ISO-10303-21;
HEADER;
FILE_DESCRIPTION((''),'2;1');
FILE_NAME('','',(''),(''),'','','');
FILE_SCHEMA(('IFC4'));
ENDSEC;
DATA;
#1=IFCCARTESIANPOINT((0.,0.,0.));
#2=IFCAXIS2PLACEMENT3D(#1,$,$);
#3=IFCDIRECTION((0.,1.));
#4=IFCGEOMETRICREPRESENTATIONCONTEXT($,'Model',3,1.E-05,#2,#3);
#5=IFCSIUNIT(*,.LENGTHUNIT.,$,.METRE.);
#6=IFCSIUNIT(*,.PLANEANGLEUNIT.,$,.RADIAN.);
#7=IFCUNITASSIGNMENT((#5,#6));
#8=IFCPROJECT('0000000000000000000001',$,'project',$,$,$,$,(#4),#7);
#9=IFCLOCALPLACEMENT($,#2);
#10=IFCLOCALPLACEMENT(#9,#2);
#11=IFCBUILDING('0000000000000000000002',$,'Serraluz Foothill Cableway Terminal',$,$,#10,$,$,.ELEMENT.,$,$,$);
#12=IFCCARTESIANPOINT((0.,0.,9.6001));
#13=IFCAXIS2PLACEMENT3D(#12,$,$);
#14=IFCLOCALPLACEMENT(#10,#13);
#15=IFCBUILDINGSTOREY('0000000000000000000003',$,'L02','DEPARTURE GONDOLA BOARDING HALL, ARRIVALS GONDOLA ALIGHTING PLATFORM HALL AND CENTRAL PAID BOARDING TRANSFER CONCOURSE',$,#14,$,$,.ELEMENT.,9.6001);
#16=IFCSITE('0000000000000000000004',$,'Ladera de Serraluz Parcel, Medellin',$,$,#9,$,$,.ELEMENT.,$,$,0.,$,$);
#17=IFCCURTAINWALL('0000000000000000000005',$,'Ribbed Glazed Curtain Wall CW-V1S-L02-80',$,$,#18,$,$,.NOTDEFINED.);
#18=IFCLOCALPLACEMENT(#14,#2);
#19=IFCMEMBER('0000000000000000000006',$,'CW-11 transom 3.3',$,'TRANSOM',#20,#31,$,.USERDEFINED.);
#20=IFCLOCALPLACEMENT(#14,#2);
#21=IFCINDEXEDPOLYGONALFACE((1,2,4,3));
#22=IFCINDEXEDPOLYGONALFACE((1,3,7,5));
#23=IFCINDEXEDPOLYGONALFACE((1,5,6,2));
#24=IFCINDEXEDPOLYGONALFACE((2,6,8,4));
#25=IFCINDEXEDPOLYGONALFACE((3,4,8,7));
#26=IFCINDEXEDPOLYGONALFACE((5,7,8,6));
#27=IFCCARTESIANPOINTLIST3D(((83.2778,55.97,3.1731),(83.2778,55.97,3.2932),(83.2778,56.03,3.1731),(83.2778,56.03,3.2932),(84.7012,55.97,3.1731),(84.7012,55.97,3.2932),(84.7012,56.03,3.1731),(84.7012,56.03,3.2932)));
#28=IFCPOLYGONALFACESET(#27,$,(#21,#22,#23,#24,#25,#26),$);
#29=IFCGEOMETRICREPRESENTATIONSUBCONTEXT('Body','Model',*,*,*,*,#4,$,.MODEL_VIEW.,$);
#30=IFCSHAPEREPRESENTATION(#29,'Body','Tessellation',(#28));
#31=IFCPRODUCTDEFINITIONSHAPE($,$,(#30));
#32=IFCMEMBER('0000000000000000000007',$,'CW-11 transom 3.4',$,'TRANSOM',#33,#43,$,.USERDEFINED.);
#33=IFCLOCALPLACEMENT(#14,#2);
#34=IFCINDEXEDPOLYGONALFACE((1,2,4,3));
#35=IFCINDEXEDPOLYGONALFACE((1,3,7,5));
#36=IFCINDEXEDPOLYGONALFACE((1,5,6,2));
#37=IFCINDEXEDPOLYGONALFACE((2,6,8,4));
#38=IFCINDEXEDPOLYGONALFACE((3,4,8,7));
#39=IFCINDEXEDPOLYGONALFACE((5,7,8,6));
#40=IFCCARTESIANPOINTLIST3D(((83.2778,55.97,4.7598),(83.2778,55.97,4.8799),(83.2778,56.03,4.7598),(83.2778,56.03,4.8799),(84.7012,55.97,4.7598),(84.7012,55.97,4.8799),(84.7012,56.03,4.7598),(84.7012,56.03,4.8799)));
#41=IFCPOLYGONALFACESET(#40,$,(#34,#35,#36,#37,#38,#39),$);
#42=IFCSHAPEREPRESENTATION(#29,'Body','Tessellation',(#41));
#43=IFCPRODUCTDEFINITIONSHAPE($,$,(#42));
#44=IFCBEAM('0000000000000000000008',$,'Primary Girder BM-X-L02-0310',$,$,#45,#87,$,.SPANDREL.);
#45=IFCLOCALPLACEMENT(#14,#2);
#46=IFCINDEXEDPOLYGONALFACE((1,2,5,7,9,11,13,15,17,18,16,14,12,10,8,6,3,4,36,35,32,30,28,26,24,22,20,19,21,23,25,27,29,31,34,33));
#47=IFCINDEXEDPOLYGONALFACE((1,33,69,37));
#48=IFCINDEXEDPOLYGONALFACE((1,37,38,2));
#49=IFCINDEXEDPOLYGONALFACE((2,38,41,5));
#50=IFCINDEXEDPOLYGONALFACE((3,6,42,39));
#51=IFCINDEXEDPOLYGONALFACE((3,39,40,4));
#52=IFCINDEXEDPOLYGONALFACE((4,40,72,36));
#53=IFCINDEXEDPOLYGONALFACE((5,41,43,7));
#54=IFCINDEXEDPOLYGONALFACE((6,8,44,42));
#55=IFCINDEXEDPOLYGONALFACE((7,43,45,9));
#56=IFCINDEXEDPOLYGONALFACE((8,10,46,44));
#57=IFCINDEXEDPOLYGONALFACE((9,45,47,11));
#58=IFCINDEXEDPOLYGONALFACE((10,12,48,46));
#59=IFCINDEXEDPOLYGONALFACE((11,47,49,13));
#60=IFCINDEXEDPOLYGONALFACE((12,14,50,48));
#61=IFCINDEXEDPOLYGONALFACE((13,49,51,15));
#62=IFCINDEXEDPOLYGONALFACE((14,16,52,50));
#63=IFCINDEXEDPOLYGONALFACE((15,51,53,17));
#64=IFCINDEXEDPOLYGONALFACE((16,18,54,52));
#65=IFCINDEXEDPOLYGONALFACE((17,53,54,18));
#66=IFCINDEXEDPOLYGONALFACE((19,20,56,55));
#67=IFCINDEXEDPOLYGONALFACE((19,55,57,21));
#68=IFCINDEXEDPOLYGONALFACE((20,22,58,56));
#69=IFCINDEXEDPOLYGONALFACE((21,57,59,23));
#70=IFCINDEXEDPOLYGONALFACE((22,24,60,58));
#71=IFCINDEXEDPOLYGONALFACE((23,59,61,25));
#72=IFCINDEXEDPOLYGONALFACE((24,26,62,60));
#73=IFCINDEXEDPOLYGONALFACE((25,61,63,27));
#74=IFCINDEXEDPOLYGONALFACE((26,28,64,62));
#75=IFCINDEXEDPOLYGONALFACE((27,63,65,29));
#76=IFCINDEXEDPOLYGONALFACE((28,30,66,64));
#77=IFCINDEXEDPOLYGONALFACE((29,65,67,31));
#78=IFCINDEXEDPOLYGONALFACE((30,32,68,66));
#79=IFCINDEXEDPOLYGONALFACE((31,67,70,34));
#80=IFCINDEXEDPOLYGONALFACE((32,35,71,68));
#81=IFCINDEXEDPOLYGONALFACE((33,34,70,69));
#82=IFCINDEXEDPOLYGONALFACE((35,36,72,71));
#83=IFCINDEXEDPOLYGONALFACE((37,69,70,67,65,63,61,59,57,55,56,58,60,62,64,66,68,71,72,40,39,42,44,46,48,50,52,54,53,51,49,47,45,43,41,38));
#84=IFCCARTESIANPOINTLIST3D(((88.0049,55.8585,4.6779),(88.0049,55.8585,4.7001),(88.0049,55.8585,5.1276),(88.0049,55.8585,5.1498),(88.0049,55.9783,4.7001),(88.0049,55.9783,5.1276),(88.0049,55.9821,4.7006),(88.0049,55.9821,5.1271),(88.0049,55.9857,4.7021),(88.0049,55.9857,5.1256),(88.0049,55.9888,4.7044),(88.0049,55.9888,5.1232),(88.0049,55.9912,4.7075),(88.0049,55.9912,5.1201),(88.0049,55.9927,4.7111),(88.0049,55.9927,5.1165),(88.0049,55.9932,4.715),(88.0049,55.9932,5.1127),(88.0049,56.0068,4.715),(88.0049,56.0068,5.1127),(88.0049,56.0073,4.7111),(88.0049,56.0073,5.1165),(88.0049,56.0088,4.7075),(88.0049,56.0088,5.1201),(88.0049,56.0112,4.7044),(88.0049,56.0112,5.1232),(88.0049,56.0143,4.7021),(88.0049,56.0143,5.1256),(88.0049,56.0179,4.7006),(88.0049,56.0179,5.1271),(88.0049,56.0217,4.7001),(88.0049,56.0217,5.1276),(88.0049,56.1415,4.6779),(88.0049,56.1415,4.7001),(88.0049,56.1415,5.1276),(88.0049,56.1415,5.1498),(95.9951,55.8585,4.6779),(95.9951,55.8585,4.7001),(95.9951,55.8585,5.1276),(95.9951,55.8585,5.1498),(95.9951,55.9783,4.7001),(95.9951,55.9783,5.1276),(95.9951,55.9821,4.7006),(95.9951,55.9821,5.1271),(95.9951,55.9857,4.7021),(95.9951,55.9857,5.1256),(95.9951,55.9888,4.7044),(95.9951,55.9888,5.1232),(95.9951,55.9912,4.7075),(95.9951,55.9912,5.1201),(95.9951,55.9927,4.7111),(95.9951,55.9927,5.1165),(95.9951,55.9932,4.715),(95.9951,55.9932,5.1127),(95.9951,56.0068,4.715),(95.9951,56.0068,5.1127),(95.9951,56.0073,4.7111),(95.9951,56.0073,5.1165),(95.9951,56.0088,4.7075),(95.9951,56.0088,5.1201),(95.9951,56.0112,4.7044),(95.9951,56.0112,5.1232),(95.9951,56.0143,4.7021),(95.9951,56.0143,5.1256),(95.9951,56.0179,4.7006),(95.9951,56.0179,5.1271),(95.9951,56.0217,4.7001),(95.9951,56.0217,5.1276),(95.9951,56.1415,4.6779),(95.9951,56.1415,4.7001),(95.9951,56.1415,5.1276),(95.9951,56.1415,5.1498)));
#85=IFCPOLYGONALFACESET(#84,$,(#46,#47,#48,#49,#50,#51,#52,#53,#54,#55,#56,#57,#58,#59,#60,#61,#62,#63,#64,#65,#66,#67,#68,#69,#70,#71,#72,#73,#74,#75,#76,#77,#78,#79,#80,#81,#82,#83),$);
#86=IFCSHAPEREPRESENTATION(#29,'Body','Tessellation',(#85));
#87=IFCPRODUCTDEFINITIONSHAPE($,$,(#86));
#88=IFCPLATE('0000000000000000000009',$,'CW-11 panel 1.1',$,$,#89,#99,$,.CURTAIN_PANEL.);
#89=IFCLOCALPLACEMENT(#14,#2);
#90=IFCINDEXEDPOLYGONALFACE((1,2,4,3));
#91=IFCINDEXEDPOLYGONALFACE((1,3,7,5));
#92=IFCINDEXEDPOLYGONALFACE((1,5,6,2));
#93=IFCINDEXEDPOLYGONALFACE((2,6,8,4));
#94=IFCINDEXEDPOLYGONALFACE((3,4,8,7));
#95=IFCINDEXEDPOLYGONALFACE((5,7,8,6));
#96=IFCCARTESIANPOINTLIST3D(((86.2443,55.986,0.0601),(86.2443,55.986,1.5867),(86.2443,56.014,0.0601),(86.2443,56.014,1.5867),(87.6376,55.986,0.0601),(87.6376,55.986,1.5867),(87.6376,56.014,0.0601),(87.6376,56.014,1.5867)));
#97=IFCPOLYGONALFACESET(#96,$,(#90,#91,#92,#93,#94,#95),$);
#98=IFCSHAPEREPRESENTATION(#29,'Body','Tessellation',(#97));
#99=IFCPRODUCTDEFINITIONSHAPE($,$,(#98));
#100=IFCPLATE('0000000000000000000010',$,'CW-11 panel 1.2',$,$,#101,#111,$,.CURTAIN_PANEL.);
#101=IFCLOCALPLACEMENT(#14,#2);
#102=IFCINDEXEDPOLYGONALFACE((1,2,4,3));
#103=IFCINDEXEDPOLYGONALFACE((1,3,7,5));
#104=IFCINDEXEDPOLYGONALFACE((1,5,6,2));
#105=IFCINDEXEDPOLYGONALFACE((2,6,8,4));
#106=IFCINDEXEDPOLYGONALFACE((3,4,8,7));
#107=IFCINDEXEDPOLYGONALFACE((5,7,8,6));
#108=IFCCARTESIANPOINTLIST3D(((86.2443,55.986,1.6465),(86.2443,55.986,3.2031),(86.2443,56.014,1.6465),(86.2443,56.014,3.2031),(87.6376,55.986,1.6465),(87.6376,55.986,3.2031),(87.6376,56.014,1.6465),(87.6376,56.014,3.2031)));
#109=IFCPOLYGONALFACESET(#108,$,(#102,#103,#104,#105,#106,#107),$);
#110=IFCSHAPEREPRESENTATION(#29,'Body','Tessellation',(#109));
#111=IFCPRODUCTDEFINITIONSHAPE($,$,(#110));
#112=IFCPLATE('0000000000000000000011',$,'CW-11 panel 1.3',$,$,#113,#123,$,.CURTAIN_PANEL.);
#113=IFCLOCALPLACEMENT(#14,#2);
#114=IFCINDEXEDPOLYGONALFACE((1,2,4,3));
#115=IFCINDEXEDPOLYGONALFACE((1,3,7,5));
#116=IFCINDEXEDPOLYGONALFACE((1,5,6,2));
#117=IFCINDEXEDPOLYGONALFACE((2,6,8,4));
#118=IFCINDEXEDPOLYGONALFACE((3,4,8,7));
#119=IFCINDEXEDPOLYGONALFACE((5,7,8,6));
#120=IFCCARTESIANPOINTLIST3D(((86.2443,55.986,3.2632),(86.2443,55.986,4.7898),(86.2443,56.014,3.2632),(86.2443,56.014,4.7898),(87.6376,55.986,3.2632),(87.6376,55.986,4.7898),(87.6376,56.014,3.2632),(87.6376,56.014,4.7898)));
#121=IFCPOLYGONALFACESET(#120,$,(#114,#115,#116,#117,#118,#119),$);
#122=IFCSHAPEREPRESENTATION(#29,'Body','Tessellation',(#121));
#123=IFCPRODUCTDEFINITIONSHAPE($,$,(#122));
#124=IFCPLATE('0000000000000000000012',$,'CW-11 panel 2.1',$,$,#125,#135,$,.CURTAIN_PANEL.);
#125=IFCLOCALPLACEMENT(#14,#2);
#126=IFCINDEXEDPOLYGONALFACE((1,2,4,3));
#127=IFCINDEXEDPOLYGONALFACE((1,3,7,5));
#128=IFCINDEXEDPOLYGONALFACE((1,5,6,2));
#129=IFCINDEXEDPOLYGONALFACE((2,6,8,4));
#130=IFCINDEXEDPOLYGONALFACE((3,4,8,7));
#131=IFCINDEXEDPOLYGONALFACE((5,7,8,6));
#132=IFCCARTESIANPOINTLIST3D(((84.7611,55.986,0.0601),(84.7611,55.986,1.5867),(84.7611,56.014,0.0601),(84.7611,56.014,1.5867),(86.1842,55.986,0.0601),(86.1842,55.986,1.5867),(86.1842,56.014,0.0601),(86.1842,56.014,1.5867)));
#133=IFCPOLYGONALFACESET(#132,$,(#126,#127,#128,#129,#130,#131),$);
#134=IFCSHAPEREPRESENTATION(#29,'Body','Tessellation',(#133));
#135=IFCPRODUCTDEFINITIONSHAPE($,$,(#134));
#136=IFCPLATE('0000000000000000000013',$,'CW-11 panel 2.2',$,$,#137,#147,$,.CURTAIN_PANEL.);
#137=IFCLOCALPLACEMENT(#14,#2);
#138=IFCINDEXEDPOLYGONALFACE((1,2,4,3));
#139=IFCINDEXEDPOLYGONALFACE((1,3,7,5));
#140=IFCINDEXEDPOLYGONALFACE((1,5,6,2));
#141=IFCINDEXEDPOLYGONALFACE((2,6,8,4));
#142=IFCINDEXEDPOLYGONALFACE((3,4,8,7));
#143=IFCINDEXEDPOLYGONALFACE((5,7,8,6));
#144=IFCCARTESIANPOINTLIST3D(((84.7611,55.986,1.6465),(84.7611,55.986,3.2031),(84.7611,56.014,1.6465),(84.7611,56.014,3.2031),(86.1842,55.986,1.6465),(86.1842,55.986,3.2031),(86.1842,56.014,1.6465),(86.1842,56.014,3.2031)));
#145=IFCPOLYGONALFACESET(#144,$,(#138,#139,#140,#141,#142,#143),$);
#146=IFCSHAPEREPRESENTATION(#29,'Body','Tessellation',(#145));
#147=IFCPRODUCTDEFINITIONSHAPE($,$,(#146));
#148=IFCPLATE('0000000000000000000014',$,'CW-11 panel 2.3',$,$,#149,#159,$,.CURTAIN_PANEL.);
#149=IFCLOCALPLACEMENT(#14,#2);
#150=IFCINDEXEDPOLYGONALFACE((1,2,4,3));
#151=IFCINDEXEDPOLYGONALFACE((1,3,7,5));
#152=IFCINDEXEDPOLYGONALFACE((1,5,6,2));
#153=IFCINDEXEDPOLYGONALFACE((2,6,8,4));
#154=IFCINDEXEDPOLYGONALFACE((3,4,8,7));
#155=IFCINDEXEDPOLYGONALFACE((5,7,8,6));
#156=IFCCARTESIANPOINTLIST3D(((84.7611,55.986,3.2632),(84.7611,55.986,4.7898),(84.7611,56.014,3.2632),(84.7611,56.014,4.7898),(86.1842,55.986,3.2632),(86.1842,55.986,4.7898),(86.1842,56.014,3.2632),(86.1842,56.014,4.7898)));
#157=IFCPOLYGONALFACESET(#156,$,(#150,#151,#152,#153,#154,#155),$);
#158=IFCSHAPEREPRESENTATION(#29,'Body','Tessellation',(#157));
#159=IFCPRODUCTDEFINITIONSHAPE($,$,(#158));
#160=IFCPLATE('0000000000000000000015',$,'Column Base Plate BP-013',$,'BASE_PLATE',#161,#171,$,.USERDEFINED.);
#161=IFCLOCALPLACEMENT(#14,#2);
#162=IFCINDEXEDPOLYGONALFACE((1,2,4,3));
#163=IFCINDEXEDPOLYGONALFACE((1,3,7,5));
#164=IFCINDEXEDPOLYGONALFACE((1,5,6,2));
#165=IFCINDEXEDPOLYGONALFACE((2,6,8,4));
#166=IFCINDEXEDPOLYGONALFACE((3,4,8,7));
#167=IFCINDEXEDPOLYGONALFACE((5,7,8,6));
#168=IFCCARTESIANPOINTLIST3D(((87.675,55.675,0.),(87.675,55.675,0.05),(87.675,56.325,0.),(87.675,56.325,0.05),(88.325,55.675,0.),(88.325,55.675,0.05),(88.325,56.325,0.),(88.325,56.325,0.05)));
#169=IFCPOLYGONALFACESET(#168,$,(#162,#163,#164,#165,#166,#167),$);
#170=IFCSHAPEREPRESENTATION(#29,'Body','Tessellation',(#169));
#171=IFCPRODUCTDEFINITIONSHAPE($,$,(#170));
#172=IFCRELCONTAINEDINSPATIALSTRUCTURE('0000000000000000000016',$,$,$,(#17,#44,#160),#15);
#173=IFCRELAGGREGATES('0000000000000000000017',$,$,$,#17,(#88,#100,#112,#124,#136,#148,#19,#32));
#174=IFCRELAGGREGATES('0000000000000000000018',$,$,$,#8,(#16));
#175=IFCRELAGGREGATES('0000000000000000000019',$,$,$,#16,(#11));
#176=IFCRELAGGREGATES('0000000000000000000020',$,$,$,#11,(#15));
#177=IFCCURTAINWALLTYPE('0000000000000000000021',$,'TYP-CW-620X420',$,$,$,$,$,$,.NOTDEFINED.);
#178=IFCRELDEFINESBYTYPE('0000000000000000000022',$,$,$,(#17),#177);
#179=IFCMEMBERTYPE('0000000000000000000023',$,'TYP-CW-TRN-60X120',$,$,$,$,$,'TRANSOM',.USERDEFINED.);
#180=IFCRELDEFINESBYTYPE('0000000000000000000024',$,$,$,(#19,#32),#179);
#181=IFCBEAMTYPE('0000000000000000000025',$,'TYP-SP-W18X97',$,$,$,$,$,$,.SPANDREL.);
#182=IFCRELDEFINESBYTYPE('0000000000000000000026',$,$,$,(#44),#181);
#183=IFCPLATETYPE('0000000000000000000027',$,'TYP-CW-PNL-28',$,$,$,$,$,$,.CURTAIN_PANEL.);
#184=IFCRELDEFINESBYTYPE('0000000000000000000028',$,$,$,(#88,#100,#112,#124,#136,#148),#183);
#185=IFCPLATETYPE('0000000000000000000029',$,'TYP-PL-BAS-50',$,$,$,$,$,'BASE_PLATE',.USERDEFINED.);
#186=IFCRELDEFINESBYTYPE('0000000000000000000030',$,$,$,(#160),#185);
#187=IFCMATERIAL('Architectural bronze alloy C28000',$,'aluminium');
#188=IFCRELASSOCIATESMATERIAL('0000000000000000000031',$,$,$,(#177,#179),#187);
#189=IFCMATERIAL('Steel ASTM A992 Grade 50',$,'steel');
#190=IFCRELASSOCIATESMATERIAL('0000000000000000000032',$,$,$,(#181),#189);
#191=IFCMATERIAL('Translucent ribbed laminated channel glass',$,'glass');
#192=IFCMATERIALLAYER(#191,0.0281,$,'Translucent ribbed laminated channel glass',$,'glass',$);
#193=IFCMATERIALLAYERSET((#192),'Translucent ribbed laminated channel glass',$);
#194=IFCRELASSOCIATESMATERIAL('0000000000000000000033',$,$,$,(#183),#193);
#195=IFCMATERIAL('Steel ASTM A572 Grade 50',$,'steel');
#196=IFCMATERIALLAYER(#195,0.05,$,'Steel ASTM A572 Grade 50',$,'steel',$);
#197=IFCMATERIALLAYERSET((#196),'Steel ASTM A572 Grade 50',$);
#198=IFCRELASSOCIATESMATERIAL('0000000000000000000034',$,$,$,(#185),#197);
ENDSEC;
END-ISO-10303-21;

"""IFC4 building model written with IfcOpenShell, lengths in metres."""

from ifc_helpers import new_model, si_unit, direction, frame, origin, origin_2d, place, context, subcontext, project, spatial, rectangle, i_section, extrude, material, layer, layer_set, material_profile, profile_set, type_object, element, aggregate, save


model = new_model("IFC4")

# Units and contexts
model_context = context("Model", 3, precision=1e-05, world=origin(), true_north=direction((0.0, 1.0)))
body_context = subcontext(model_context, "Body", "Model", "MODEL_VIEW")
ifc_project = project(units=[si_unit("LENGTHUNIT", "METRE"), si_unit("PLANEANGLEUNIT", "RADIAN")], contexts=[model_context])

# Site, building, storey
site_placement = place(None, origin())
site = spatial("IfcSite", under=ifc_project, at=site_placement, Name="Ladera de Serraluz Parcel, Medellin", CompositionType="ELEMENT", RefElevation=0.0)
building_placement = place(site_placement, origin())
building = spatial("IfcBuilding", under=site, at=building_placement, Name="Serraluz Foothill Cableway Terminal", CompositionType="ELEMENT")
storey_placement = place(building_placement, frame((0.0, 0.0, 9.6001)))
storey = spatial("IfcBuildingStorey", under=building, at=storey_placement, Name="L02", Description="DEPARTURE GONDOLA BOARDING HALL, ARRIVALS GONDOLA ALIGHTING PLATFORM HALL AND CENTRAL PAID BOARDING TRANSFER CONCOURSE", CompositionType="ELEMENT", Elevation=9.6001)

# Shared definitions
ifc_material_1 = material(Name="Steel ASTM A992 Grade 50", Category="steel")

# Curtain wall, members
ifc_material_2 = material(Name="Architectural bronze alloy C28000", Category="aluminium")
curtain_wall_type = type_object("IfcCurtainWallType", Name="TYP-CW-620X420", PredefinedType="NOTDEFINED", material=ifc_material_2)
curtain_wall_placement = place(storey_placement, origin())
curtain_wall = element("IfcCurtainWall", 1, at=curtain_wall_placement, inside=storey, type_object=curtain_wall_type, Name="Ribbed Glazed Curtain Wall CW-V1S-L02-80", PredefinedType="NOTDEFINED")
ifc_material_profile_1 = material_profile(ifc_material_2, rectangle(XDim=0.0601, YDim=0.1201, at=origin_2d()), Name="ALU TRANSOM 60x120")
ifc_profile_set_1 = profile_set([ifc_material_profile_1], Name="Architectural bronze alloy C28000")
member_type_1 = type_object("IfcMemberType", Name="TYP-CW-TRN-60X120", ElementType="TRANSOM", PredefinedType="USERDEFINED", material=ifc_profile_set_1)
member_1_placement = place(storey_placement, frame((84.7012, 56.0, 3.2332), z_axis=(-1.0, 0.0, 0.0), x_axis=(0.0, -1.0, 0.0)))
member_1 = element("IfcMember", 2, at=member_1_placement, type_object=member_type_1, Name="CW-11 transom 3.3", ObjectType="TRANSOM", PredefinedType="USERDEFINED", context=body_context, shape_type="SweptSolid", body=[
    extrude(rectangle(XDim=0.0601, YDim=0.1201, at=origin_2d()), origin(), (0.0, 0.0, 1.0), 1.4233),
])
member_2_placement = place(storey_placement, frame((84.7012, 56.0, 4.8198), z_axis=(-1.0, 0.0, 0.0), x_axis=(0.0, -1.0, 0.0)))
member_2 = element("IfcMember", 3, at=member_2_placement, type_object=member_type_1, Name="CW-11 transom 3.4", ObjectType="TRANSOM", PredefinedType="USERDEFINED", context=body_context, shape_type="SweptSolid", body=[
    extrude(rectangle(XDim=0.0601, YDim=0.1201, at=origin_2d()), origin(), (0.0, 0.0, 1.0), 1.4233),
])

# Beam
ifc_material_profile_2 = material_profile(ifc_material_1, i_section(OverallWidth=0.283, OverallDepth=0.4719, WebThickness=0.0137, FlangeThickness=0.0222, FilletRadius=0.0149, at=origin_2d()), Name="W18X97")
ifc_profile_set_2 = profile_set([ifc_material_profile_2], Name="Steel ASTM A992 Grade 50")
beam_type = type_object("IfcBeamType", Name="TYP-SP-W18X97", PredefinedType="SPANDREL", material=ifc_profile_set_2)
beam_placement = place(storey_placement, frame((88.0049, 56.0, 4.9138), z_axis=(1.0, 0.0, 0.0), x_axis=(0.0, 1.0, 0.0)))
element("IfcBeam", 4, at=beam_placement, inside=storey, type_object=beam_type, Name="Primary Girder BM-X-L02-0310", PredefinedType="SPANDREL", context=body_context, shape_type="SweptSolid", body=[
    extrude(i_section(OverallWidth=0.283, OverallDepth=0.4719, WebThickness=0.0137, FlangeThickness=0.0222, FilletRadius=0.0149, at=origin_2d()), origin(), (0.0, 0.0, 1.0), 7.9902),
])

# Plates
ifc_material_3 = material(Name="Translucent ribbed laminated channel glass", Category="glass")
ifc_layer_1 = layer(ifc_material_3, 0.0281, Name="Translucent ribbed laminated channel glass", Category="glass")
ifc_layer_set_1 = layer_set([ifc_layer_1], Name="Translucent ribbed laminated channel glass")
plate_type_1 = type_object("IfcPlateType", Name="TYP-CW-PNL-28", PredefinedType="CURTAIN_PANEL", material=ifc_layer_set_1)
plate_1_placement = place(storey_placement, frame((86.9409, 56.0, 0.0601), z_axis=(0.0, 0.0, 1.0), x_axis=(-1.0, 0.0, 0.0)))
plate_1 = element("IfcPlate", 5, at=plate_1_placement, type_object=plate_type_1, Name="CW-11 panel 1.1", PredefinedType="CURTAIN_PANEL", context=body_context, shape_type="SweptSolid", body=[
    extrude(rectangle(XDim=1.3933, YDim=0.0281, at=origin_2d()), origin(), (0.0, 0.0, 1.0), 1.5266),
])
plate_2_placement = place(storey_placement, frame((86.9409, 56.0, 1.6465), z_axis=(0.0, 0.0, 1.0), x_axis=(-1.0, 0.0, 0.0)))
plate_2 = element("IfcPlate", 6, at=plate_2_placement, type_object=plate_type_1, Name="CW-11 panel 1.2", PredefinedType="CURTAIN_PANEL", context=body_context, shape_type="SweptSolid", body=[
    extrude(rectangle(XDim=1.3933, YDim=0.0281, at=origin_2d()), origin(), (0.0, 0.0, 1.0), 1.5566),
])
plate_3_placement = place(storey_placement, frame((86.9409, 56.0, 3.2632), z_axis=(0.0, 0.0, 1.0), x_axis=(-1.0, 0.0, 0.0)))
plate_3 = element("IfcPlate", 7, at=plate_3_placement, type_object=plate_type_1, Name="CW-11 panel 1.3", PredefinedType="CURTAIN_PANEL", context=body_context, shape_type="SweptSolid", body=[
    extrude(rectangle(XDim=1.3933, YDim=0.0281, at=origin_2d()), origin(), (0.0, 0.0, 1.0), 1.5266),
])
plate_4_placement = place(storey_placement, frame((85.4727, 56.0, 0.0601), z_axis=(0.0, 0.0, 1.0), x_axis=(-1.0, 0.0, 0.0)))
plate_4 = element("IfcPlate", 8, at=plate_4_placement, type_object=plate_type_1, Name="CW-11 panel 2.1", PredefinedType="CURTAIN_PANEL", context=body_context, shape_type="SweptSolid", body=[
    extrude(rectangle(XDim=1.4231, YDim=0.0281, at=origin_2d()), origin(), (0.0, 0.0, 1.0), 1.5266),
])
plate_5_placement = place(storey_placement, frame((85.4727, 56.0, 1.6465), z_axis=(0.0, 0.0, 1.0), x_axis=(-1.0, 0.0, 0.0)))
plate_5 = element("IfcPlate", 9, at=plate_5_placement, type_object=plate_type_1, Name="CW-11 panel 2.2", PredefinedType="CURTAIN_PANEL", context=body_context, shape_type="SweptSolid", body=[
    extrude(rectangle(XDim=1.4231, YDim=0.0281, at=origin_2d()), origin(), (0.0, 0.0, 1.0), 1.5566),
])
plate_6_placement = place(storey_placement, frame((85.4727, 56.0, 3.2632), z_axis=(0.0, 0.0, 1.0), x_axis=(-1.0, 0.0, 0.0)))
plate_6 = element("IfcPlate", 10, at=plate_6_placement, type_object=plate_type_1, Name="CW-11 panel 2.3", PredefinedType="CURTAIN_PANEL", context=body_context, shape_type="SweptSolid", body=[
    extrude(rectangle(XDim=1.4231, YDim=0.0281, at=origin_2d()), origin(), (0.0, 0.0, 1.0), 1.5266),
])
aggregate(curtain_wall, [plate_1, plate_2, plate_3, plate_4, plate_5, plate_6, member_1, member_2])
ifc_material_4 = material(Name="Steel ASTM A572 Grade 50", Category="steel")
ifc_layer_2 = layer(ifc_material_4, 0.05, Name="Steel ASTM A572 Grade 50", Category="steel")
ifc_layer_set_2 = layer_set([ifc_layer_2], Name="Steel ASTM A572 Grade 50")
plate_type_2 = type_object("IfcPlateType", Name="TYP-PL-BAS-50", ElementType="BASE_PLATE", PredefinedType="USERDEFINED", material=ifc_layer_set_2)
plate_7_placement = place(storey_placement, frame((88.0, 56.0, 0.0), z_axis=(0.0, 0.0, 1.0), x_axis=(1.0, 0.0, 0.0)))
element("IfcPlate", 11, at=plate_7_placement, inside=storey, type_object=plate_type_2, Name="Column Base Plate BP-013", ObjectType="BASE_PLATE", PredefinedType="USERDEFINED", context=body_context, shape_type="SweptSolid", body=[
    extrude(rectangle(XDim=0.6499, YDim=0.6499, at=origin_2d()), origin(), (0.0, 0.0, 1.0), 0.05),
])

save(model, "model.ifc")
